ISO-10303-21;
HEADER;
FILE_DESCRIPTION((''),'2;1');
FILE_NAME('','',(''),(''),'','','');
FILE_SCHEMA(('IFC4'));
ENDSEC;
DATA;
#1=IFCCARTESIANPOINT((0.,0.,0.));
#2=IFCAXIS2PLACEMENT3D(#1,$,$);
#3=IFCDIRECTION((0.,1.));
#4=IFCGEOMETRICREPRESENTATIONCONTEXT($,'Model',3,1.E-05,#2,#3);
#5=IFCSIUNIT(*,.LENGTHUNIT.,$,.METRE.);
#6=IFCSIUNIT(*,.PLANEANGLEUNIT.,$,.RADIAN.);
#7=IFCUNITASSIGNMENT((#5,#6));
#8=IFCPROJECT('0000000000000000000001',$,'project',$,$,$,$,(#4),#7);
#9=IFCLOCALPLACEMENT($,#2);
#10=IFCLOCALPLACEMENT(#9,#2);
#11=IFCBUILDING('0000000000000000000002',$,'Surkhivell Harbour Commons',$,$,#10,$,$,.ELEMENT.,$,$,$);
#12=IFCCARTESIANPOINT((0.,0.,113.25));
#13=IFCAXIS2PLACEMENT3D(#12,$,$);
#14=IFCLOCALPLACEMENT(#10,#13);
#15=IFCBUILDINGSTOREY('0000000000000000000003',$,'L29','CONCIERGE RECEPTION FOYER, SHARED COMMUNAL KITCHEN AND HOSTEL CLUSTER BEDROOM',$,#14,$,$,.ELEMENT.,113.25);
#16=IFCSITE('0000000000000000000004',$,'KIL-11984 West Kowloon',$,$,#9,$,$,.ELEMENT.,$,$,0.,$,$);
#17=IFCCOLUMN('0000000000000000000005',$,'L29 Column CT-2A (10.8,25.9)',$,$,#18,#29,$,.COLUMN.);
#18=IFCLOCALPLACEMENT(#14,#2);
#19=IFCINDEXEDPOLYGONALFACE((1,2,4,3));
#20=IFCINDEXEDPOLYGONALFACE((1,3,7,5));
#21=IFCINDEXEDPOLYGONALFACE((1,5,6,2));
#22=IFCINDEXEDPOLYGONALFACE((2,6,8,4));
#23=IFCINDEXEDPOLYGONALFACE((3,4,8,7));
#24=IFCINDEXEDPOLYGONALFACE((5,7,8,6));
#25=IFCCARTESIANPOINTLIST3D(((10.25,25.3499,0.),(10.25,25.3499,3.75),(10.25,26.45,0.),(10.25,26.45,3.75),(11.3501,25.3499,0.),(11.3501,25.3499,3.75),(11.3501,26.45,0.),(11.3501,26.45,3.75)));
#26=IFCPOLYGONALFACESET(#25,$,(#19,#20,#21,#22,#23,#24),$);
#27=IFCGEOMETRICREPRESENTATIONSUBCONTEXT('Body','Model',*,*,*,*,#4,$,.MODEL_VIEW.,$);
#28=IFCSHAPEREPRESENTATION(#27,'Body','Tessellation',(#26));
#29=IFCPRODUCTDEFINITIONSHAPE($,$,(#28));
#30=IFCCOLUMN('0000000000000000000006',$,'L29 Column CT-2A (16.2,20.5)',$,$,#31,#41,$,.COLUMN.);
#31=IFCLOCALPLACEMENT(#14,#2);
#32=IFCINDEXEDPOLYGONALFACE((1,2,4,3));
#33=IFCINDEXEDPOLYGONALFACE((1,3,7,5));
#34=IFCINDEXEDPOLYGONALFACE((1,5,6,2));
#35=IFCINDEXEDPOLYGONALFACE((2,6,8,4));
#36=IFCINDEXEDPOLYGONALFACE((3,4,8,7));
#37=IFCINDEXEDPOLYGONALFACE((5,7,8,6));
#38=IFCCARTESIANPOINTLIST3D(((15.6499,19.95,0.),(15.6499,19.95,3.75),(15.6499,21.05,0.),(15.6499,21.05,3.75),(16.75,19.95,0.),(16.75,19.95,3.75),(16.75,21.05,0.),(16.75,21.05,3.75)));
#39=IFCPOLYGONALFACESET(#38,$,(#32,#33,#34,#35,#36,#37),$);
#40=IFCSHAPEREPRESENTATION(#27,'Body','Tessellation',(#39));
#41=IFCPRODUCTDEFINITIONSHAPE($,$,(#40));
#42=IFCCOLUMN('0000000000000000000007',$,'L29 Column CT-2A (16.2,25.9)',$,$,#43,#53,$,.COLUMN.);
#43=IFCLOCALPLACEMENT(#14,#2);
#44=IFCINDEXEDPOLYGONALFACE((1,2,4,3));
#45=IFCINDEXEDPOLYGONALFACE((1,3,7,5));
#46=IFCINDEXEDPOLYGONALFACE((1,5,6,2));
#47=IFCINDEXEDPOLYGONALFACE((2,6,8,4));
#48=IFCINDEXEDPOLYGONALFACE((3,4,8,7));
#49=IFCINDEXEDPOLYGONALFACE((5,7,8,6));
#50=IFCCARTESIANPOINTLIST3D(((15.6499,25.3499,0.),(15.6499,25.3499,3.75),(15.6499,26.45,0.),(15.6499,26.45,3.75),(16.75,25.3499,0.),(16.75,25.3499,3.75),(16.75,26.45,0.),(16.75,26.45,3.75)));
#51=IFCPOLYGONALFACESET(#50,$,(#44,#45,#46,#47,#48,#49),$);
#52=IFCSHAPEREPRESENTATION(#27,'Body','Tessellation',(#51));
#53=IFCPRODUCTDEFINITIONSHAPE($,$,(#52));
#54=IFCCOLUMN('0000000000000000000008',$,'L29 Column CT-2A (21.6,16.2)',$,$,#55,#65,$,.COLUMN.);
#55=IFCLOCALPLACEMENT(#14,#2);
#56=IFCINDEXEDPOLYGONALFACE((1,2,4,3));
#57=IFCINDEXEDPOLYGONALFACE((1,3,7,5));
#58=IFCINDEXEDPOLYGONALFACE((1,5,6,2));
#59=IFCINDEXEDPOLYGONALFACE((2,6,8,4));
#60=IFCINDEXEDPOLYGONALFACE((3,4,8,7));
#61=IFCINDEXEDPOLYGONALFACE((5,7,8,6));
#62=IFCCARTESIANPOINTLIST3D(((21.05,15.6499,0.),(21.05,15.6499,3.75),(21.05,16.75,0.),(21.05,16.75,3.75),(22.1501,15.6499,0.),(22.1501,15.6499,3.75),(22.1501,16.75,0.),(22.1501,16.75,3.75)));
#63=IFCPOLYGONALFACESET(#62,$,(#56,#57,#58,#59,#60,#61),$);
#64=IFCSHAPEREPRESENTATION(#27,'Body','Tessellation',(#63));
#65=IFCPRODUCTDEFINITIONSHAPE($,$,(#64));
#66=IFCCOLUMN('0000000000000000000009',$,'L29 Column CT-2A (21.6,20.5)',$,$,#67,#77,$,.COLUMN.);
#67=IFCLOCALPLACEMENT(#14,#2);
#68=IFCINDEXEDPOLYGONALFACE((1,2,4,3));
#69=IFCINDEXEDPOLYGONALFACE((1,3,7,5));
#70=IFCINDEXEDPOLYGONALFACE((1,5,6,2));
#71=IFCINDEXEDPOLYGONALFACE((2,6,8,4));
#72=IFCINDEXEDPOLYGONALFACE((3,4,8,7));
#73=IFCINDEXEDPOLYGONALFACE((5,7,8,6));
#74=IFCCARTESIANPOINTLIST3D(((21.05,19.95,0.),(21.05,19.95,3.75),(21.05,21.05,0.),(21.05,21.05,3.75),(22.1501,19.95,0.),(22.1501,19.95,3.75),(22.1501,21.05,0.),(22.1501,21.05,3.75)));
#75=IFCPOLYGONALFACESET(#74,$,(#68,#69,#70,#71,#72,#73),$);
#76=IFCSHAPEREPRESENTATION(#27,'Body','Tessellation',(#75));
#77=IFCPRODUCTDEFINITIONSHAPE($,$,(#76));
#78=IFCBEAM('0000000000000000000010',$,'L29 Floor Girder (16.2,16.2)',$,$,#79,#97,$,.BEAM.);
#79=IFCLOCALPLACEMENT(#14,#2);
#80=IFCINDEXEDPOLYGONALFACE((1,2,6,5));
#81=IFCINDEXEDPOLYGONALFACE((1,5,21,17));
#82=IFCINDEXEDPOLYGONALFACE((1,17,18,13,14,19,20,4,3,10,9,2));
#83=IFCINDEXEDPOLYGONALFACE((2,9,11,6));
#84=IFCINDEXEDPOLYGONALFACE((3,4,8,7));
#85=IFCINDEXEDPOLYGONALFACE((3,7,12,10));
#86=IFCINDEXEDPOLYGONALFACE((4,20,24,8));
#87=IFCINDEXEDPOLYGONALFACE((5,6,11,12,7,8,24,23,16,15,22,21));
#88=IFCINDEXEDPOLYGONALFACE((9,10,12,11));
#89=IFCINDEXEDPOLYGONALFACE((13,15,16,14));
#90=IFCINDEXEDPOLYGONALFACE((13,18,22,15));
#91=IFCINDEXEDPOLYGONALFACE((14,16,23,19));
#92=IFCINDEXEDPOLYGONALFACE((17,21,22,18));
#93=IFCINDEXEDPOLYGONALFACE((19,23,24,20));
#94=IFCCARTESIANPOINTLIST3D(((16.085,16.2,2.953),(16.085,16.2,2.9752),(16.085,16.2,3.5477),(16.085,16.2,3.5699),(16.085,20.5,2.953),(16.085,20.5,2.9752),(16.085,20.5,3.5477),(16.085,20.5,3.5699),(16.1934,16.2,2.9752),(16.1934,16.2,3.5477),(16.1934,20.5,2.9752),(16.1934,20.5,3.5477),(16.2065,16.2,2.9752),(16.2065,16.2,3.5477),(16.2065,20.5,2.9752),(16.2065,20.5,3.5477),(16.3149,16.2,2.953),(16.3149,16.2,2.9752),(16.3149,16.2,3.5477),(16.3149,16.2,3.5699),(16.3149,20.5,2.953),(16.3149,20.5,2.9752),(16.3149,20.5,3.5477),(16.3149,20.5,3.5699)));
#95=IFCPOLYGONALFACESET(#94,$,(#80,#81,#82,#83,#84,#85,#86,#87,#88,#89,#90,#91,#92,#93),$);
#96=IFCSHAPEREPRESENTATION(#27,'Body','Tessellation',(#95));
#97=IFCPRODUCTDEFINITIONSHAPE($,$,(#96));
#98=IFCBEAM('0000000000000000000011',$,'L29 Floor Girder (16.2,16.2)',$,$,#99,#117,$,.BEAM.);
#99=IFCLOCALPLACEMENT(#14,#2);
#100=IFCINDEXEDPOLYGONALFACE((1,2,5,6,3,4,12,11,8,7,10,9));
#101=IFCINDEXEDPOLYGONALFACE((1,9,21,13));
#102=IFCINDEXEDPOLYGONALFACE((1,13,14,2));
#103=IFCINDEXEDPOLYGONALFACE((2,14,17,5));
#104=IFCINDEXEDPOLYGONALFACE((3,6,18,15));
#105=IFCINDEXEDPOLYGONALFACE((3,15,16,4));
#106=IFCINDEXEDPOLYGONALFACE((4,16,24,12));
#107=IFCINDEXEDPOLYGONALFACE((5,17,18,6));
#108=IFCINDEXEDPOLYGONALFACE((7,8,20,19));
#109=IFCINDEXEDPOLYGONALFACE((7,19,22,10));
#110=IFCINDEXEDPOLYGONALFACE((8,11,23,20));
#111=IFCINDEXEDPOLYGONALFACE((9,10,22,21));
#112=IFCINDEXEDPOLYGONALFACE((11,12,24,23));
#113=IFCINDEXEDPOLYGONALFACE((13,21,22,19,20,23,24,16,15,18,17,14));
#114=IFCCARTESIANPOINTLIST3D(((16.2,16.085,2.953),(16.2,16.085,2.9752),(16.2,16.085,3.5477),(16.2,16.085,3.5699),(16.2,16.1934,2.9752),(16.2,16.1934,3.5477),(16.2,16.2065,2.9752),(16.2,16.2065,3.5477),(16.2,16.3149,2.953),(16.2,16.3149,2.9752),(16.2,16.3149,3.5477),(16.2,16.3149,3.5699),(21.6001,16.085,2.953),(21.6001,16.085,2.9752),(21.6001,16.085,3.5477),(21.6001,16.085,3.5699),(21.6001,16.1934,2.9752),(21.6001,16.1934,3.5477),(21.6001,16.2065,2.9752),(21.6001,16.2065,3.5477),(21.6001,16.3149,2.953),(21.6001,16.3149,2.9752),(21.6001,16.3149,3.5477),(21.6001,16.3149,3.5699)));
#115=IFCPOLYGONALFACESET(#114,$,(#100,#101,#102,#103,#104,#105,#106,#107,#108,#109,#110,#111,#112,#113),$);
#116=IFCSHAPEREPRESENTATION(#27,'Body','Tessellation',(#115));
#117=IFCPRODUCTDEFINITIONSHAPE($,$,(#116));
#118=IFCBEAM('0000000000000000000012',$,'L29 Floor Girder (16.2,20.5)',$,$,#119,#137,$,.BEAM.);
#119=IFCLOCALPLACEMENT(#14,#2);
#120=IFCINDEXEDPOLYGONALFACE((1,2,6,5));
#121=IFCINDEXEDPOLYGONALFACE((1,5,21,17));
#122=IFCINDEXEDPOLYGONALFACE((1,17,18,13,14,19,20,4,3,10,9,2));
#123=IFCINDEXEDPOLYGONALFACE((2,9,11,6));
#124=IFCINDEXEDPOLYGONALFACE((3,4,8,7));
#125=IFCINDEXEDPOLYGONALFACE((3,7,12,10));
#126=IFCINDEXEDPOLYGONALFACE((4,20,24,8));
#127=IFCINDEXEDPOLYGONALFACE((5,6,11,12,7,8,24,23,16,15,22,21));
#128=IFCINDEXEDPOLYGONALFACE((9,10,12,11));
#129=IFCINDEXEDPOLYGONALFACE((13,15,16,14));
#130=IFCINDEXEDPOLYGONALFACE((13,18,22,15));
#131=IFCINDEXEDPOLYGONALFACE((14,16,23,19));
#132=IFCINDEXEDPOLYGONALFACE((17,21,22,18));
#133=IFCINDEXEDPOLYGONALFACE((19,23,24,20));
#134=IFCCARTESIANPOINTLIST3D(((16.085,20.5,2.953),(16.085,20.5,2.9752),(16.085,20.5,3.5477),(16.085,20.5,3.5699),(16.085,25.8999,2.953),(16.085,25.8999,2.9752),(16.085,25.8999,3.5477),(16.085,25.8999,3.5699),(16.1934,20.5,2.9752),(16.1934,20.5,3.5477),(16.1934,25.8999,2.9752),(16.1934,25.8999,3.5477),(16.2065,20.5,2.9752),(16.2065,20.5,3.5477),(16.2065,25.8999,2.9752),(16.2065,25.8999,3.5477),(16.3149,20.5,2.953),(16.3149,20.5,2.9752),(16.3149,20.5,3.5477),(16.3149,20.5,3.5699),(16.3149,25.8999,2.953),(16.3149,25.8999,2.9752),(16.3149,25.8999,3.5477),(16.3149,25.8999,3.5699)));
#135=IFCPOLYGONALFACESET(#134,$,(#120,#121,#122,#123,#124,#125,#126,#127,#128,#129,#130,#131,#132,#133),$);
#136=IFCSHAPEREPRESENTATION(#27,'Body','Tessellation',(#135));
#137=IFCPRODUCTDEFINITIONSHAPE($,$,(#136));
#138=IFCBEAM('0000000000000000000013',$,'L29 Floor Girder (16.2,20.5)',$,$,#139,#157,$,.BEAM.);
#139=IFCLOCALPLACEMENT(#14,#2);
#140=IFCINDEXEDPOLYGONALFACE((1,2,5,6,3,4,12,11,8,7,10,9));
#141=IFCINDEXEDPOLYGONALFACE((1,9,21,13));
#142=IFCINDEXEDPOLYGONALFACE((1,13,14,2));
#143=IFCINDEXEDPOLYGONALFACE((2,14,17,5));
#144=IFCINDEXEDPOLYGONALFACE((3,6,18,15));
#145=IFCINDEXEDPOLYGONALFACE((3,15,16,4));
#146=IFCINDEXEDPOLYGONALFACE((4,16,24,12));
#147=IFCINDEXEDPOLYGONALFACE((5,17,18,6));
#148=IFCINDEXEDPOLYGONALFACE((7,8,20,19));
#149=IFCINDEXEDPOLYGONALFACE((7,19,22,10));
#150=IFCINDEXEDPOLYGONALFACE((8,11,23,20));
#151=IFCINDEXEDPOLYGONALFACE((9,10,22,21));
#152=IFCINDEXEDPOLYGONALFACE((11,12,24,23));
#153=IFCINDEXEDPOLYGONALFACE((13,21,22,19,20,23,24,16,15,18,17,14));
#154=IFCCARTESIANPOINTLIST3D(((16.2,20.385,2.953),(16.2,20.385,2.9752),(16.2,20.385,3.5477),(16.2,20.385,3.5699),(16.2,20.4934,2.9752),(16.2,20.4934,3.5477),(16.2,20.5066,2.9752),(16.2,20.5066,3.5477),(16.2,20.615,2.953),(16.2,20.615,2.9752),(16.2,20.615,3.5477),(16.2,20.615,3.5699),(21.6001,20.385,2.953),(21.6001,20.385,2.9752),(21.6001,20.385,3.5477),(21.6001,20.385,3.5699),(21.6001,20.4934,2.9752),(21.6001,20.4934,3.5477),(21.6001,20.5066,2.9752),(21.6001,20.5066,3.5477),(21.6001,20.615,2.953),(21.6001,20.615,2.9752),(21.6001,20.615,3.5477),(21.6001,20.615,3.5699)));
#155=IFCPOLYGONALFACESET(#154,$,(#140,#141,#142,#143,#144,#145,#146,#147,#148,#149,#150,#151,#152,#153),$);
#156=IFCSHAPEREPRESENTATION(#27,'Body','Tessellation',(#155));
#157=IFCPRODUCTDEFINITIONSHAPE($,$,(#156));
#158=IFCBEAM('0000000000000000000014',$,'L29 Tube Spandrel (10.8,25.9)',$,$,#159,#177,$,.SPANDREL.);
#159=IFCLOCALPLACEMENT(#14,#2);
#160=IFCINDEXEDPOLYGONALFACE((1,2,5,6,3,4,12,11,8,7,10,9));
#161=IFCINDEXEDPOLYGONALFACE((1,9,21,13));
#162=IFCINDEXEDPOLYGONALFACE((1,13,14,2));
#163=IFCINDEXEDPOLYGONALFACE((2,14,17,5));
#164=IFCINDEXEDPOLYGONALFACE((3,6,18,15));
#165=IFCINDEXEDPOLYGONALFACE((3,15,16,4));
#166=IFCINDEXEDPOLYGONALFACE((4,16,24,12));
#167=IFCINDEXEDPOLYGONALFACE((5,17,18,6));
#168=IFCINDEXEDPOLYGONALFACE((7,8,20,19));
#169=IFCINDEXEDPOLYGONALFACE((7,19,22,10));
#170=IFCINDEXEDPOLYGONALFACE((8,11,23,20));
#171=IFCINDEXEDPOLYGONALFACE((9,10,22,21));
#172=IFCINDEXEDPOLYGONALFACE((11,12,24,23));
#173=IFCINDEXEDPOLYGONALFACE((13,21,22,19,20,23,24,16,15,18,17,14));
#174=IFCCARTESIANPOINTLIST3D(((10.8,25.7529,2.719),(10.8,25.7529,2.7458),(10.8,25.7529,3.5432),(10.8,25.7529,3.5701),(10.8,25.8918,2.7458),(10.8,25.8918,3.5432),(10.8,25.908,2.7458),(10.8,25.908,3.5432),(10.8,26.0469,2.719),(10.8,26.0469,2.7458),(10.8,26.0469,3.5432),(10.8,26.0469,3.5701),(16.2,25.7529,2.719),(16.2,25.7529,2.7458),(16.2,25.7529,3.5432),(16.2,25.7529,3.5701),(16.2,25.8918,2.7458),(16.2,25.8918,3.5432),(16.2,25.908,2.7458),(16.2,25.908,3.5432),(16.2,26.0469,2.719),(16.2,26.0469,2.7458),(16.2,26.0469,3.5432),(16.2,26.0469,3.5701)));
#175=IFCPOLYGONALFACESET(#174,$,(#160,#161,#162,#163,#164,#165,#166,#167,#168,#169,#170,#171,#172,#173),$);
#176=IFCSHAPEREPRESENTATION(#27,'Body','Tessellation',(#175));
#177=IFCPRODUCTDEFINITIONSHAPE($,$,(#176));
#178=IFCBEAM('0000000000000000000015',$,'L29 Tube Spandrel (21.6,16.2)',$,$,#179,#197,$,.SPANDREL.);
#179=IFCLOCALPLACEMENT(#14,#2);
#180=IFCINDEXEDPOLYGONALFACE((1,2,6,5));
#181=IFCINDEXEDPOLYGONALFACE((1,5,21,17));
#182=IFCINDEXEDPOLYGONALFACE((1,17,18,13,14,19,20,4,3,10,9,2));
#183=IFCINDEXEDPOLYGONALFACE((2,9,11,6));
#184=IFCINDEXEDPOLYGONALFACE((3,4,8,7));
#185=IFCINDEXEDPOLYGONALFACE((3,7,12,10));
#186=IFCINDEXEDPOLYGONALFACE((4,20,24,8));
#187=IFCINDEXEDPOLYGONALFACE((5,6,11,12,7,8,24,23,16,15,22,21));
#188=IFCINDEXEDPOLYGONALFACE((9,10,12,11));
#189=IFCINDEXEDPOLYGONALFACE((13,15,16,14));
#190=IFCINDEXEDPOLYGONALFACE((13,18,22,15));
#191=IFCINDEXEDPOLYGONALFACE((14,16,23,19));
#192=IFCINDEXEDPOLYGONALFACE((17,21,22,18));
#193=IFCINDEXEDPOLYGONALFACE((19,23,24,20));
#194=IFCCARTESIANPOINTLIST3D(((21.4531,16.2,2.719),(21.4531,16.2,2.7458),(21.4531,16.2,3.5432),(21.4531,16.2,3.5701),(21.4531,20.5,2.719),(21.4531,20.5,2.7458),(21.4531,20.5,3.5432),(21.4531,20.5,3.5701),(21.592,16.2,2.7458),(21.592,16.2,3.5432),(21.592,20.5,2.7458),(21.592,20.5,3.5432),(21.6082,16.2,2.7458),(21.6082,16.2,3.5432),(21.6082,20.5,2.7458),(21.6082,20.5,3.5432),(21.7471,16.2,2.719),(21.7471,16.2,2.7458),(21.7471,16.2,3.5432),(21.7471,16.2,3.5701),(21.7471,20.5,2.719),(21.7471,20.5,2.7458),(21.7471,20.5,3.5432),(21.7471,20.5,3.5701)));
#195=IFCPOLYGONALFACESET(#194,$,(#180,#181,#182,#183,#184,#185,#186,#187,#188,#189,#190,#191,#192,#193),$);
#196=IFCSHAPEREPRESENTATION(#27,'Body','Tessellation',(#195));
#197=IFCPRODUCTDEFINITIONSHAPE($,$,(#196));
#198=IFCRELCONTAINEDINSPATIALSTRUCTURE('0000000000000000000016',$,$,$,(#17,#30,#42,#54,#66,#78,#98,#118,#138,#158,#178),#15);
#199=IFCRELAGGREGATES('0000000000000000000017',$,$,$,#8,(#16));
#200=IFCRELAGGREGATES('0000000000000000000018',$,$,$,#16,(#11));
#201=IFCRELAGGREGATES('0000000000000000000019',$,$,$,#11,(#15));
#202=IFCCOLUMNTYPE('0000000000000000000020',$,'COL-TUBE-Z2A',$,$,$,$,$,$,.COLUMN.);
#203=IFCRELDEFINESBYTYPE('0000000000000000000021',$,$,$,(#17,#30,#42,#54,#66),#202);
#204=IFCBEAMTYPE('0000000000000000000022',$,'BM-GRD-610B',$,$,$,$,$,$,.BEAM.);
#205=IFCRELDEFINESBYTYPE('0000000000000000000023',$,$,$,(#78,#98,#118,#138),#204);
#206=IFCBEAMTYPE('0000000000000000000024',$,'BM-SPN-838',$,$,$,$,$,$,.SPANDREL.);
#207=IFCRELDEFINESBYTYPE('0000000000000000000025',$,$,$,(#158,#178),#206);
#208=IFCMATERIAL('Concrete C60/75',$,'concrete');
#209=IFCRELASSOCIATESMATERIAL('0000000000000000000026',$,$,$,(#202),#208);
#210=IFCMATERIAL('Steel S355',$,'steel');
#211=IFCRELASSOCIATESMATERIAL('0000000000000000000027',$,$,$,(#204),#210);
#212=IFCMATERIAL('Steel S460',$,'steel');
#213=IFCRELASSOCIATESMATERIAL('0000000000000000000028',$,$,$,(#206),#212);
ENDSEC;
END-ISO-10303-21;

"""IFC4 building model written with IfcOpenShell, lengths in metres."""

from ifc_helpers import new_model, si_unit, direction, frame, origin, origin_2d, place, context, subcontext, project, spatial, rectangle, i_section, extrude, material, material_profile, profile_set, type_object, element, save


model = new_model("IFC4")

# Units and contexts
model_context = context("Model", 3, precision=1e-05, world=origin(), true_north=direction((0.0, 1.0)))
body_context = subcontext(model_context, "Body", "Model", "MODEL_VIEW")
ifc_project = project(units=[si_unit("LENGTHUNIT", "METRE"), si_unit("PLANEANGLEUNIT", "RADIAN")], contexts=[model_context])

# Site, building, storey
site_placement = place(None, origin())
site = spatial("IfcSite", under=ifc_project, at=site_placement, Name="KIL-11984 West Kowloon", CompositionType="ELEMENT", RefElevation=0.0)
building_placement = place(site_placement, origin())
building = spatial("IfcBuilding", under=site, at=building_placement, Name="Surkhivell Harbour Commons", CompositionType="ELEMENT")
storey_placement = place(building_placement, frame((0.0, 0.0, 113.25)))
storey = spatial("IfcBuildingStorey", under=building, at=storey_placement, Name="L29", Description="CONCIERGE RECEPTION FOYER, SHARED COMMUNAL KITCHEN AND HOSTEL CLUSTER BEDROOM", CompositionType="ELEMENT", Elevation=113.25)

# Columns
ifc_material_1 = material(Name="Concrete C60/75", Category="concrete")
ifc_material_profile_1 = material_profile(ifc_material_1, rectangle(XDim=1.1001, YDim=1.1001, at=origin_2d()), Name="RC-COL-1100x1100")
ifc_profile_set_1 = profile_set([ifc_material_profile_1], Name="Concrete C60/75")
column_type = type_object("IfcColumnType", Name="COL-TUBE-Z2A", PredefinedType="COLUMN", material=ifc_profile_set_1)
for number, where, z_axis, x_axis, name in (
    (1, (10.8, 25.8999, 0.0), (0.0, 0.0, 1.0), (1.0, 0.0, 0.0), "L29 Column CT-2A (10.8,25.9)"),
    (2, (16.2, 20.5, 0.0), (0.0, 0.0, 1.0), (1.0, 0.0, 0.0), "L29 Column CT-2A (16.2,20.5)"),
    (3, (16.2, 25.8999, 0.0), (0.0, 0.0, 1.0), (1.0, 0.0, 0.0), "L29 Column CT-2A (16.2,25.9)"),
    (4, (21.6001, 16.2, 0.0), (0.0, 0.0, 1.0), (1.0, 0.0, 0.0), "L29 Column CT-2A (21.6,16.2)"),
    (5, (21.6001, 20.5, 0.0), (0.0, 0.0, 1.0), (1.0, 0.0, 0.0), "L29 Column CT-2A (21.6,20.5)"),
):
    element("IfcColumn", number, at=place(storey_placement, frame(where, z_axis=z_axis, x_axis=x_axis)), inside=storey, type_object=column_type, Name=name, PredefinedType="COLUMN", context=body_context, shape_type="SweptSolid", body=[
        extrude(rectangle(XDim=1.1001, YDim=1.1001, at=origin_2d()), origin(), (0.0, 0.0, 1.0), 3.75),
    ])

# Beams
ifc_material_2 = material(Name="Steel S355", Category="steel")
ifc_material_profile_2 = material_profile(ifc_material_2, i_section(OverallWidth=0.23, OverallDepth=0.6169, WebThickness=0.0132, FlangeThickness=0.0222, at=origin_2d()), Name="UB610x229x140")
ifc_profile_set_2 = profile_set([ifc_material_profile_2], Name="Steel S355")
beam_type_1 = type_object("IfcBeamType", Name="BM-GRD-610B", PredefinedType="BEAM", material=ifc_profile_set_2)
beam_1_placement = place(storey_placement, frame((16.2, 16.2, 3.2615), z_axis=(0.0, 1.0, 0.0), x_axis=(-1.0, 0.0, 0.0)))
element("IfcBeam", 6, at=beam_1_placement, inside=storey, type_object=beam_type_1, Name="L29 Floor Girder (16.2,16.2)", PredefinedType="BEAM", context=body_context, shape_type="SweptSolid", body=[
    extrude(i_section(OverallWidth=0.23, OverallDepth=0.6169, WebThickness=0.0132, FlangeThickness=0.0222, at=origin_2d()), origin(), (0.0, 0.0, 1.0), 4.3),
])
beam_2_placement = place(storey_placement, frame((16.2, 16.2, 3.2615), z_axis=(1.0, 0.0, 0.0), x_axis=(0.0, 1.0, 0.0)))
element("IfcBeam", 7, at=beam_2_placement, inside=storey, type_object=beam_type_1, Name="L29 Floor Girder (16.2,16.2)", PredefinedType="BEAM", context=body_context, shape_type="SweptSolid", body=[
    extrude(i_section(OverallWidth=0.23, OverallDepth=0.6169, WebThickness=0.0132, FlangeThickness=0.0222, at=origin_2d()), origin(), (0.0, 0.0, 1.0), 5.4001),
])
beam_3_placement = place(storey_placement, frame((16.2, 20.5, 3.2615), z_axis=(0.0, 1.0, 0.0), x_axis=(-1.0, 0.0, 0.0)))
element("IfcBeam", 8, at=beam_3_placement, inside=storey, type_object=beam_type_1, Name="L29 Floor Girder (16.2,20.5)", PredefinedType="BEAM", context=body_context, shape_type="SweptSolid", body=[
    extrude(i_section(OverallWidth=0.23, OverallDepth=0.6169, WebThickness=0.0132, FlangeThickness=0.0222, at=origin_2d()), origin(), (0.0, 0.0, 1.0), 5.3999),
])
beam_4_placement = place(storey_placement, frame((16.2, 20.5, 3.2615), z_axis=(1.0, 0.0, 0.0), x_axis=(0.0, 1.0, 0.0)))
element("IfcBeam", 9, at=beam_4_placement, inside=storey, type_object=beam_type_1, Name="L29 Floor Girder (16.2,20.5)", PredefinedType="BEAM", context=body_context, shape_type="SweptSolid", body=[
    extrude(i_section(OverallWidth=0.23, OverallDepth=0.6169, WebThickness=0.0132, FlangeThickness=0.0222, at=origin_2d()), origin(), (0.0, 0.0, 1.0), 5.4001),
])
ifc_material_3 = material(Name="Steel S460", Category="steel")
ifc_material_profile_3 = material_profile(ifc_material_3, i_section(OverallWidth=0.2939, OverallDepth=0.8511, WebThickness=0.0161, FlangeThickness=0.0269, at=origin_2d()), Name="UB838x292x226")
ifc_profile_set_3 = profile_set([ifc_material_profile_3], Name="Steel S460")
beam_type_2 = type_object("IfcBeamType", Name="BM-SPN-838", PredefinedType="SPANDREL", material=ifc_profile_set_3)
beam_5_placement = place(storey_placement, frame((10.8, 25.8999, 3.1445), z_axis=(1.0, 0.0, 0.0), x_axis=(0.0, 1.0, 0.0)))
element("IfcBeam", 10, at=beam_5_placement, inside=storey, type_object=beam_type_2, Name="L29 Tube Spandrel (10.8,25.9)", PredefinedType="SPANDREL", context=body_context, shape_type="SweptSolid", body=[
    extrude(i_section(OverallWidth=0.2939, OverallDepth=0.8511, WebThickness=0.0161, FlangeThickness=0.0269, at=origin_2d()), origin(), (0.0, 0.0, 1.0), 5.3999),
])
beam_6_placement = place(storey_placement, frame((21.6001, 16.2, 3.1445), z_axis=(0.0, 1.0, 0.0), x_axis=(-1.0, 0.0, 0.0)))
element("IfcBeam", 11, at=beam_6_placement, inside=storey, type_object=beam_type_2, Name="L29 Tube Spandrel (21.6,16.2)", PredefinedType="SPANDREL", context=body_context, shape_type="SweptSolid", body=[
    extrude(i_section(OverallWidth=0.2939, OverallDepth=0.8511, WebThickness=0.0161, FlangeThickness=0.0269, at=origin_2d()), origin(), (0.0, 0.0, 1.0), 4.3),
])

save(model, "model.ifc")
